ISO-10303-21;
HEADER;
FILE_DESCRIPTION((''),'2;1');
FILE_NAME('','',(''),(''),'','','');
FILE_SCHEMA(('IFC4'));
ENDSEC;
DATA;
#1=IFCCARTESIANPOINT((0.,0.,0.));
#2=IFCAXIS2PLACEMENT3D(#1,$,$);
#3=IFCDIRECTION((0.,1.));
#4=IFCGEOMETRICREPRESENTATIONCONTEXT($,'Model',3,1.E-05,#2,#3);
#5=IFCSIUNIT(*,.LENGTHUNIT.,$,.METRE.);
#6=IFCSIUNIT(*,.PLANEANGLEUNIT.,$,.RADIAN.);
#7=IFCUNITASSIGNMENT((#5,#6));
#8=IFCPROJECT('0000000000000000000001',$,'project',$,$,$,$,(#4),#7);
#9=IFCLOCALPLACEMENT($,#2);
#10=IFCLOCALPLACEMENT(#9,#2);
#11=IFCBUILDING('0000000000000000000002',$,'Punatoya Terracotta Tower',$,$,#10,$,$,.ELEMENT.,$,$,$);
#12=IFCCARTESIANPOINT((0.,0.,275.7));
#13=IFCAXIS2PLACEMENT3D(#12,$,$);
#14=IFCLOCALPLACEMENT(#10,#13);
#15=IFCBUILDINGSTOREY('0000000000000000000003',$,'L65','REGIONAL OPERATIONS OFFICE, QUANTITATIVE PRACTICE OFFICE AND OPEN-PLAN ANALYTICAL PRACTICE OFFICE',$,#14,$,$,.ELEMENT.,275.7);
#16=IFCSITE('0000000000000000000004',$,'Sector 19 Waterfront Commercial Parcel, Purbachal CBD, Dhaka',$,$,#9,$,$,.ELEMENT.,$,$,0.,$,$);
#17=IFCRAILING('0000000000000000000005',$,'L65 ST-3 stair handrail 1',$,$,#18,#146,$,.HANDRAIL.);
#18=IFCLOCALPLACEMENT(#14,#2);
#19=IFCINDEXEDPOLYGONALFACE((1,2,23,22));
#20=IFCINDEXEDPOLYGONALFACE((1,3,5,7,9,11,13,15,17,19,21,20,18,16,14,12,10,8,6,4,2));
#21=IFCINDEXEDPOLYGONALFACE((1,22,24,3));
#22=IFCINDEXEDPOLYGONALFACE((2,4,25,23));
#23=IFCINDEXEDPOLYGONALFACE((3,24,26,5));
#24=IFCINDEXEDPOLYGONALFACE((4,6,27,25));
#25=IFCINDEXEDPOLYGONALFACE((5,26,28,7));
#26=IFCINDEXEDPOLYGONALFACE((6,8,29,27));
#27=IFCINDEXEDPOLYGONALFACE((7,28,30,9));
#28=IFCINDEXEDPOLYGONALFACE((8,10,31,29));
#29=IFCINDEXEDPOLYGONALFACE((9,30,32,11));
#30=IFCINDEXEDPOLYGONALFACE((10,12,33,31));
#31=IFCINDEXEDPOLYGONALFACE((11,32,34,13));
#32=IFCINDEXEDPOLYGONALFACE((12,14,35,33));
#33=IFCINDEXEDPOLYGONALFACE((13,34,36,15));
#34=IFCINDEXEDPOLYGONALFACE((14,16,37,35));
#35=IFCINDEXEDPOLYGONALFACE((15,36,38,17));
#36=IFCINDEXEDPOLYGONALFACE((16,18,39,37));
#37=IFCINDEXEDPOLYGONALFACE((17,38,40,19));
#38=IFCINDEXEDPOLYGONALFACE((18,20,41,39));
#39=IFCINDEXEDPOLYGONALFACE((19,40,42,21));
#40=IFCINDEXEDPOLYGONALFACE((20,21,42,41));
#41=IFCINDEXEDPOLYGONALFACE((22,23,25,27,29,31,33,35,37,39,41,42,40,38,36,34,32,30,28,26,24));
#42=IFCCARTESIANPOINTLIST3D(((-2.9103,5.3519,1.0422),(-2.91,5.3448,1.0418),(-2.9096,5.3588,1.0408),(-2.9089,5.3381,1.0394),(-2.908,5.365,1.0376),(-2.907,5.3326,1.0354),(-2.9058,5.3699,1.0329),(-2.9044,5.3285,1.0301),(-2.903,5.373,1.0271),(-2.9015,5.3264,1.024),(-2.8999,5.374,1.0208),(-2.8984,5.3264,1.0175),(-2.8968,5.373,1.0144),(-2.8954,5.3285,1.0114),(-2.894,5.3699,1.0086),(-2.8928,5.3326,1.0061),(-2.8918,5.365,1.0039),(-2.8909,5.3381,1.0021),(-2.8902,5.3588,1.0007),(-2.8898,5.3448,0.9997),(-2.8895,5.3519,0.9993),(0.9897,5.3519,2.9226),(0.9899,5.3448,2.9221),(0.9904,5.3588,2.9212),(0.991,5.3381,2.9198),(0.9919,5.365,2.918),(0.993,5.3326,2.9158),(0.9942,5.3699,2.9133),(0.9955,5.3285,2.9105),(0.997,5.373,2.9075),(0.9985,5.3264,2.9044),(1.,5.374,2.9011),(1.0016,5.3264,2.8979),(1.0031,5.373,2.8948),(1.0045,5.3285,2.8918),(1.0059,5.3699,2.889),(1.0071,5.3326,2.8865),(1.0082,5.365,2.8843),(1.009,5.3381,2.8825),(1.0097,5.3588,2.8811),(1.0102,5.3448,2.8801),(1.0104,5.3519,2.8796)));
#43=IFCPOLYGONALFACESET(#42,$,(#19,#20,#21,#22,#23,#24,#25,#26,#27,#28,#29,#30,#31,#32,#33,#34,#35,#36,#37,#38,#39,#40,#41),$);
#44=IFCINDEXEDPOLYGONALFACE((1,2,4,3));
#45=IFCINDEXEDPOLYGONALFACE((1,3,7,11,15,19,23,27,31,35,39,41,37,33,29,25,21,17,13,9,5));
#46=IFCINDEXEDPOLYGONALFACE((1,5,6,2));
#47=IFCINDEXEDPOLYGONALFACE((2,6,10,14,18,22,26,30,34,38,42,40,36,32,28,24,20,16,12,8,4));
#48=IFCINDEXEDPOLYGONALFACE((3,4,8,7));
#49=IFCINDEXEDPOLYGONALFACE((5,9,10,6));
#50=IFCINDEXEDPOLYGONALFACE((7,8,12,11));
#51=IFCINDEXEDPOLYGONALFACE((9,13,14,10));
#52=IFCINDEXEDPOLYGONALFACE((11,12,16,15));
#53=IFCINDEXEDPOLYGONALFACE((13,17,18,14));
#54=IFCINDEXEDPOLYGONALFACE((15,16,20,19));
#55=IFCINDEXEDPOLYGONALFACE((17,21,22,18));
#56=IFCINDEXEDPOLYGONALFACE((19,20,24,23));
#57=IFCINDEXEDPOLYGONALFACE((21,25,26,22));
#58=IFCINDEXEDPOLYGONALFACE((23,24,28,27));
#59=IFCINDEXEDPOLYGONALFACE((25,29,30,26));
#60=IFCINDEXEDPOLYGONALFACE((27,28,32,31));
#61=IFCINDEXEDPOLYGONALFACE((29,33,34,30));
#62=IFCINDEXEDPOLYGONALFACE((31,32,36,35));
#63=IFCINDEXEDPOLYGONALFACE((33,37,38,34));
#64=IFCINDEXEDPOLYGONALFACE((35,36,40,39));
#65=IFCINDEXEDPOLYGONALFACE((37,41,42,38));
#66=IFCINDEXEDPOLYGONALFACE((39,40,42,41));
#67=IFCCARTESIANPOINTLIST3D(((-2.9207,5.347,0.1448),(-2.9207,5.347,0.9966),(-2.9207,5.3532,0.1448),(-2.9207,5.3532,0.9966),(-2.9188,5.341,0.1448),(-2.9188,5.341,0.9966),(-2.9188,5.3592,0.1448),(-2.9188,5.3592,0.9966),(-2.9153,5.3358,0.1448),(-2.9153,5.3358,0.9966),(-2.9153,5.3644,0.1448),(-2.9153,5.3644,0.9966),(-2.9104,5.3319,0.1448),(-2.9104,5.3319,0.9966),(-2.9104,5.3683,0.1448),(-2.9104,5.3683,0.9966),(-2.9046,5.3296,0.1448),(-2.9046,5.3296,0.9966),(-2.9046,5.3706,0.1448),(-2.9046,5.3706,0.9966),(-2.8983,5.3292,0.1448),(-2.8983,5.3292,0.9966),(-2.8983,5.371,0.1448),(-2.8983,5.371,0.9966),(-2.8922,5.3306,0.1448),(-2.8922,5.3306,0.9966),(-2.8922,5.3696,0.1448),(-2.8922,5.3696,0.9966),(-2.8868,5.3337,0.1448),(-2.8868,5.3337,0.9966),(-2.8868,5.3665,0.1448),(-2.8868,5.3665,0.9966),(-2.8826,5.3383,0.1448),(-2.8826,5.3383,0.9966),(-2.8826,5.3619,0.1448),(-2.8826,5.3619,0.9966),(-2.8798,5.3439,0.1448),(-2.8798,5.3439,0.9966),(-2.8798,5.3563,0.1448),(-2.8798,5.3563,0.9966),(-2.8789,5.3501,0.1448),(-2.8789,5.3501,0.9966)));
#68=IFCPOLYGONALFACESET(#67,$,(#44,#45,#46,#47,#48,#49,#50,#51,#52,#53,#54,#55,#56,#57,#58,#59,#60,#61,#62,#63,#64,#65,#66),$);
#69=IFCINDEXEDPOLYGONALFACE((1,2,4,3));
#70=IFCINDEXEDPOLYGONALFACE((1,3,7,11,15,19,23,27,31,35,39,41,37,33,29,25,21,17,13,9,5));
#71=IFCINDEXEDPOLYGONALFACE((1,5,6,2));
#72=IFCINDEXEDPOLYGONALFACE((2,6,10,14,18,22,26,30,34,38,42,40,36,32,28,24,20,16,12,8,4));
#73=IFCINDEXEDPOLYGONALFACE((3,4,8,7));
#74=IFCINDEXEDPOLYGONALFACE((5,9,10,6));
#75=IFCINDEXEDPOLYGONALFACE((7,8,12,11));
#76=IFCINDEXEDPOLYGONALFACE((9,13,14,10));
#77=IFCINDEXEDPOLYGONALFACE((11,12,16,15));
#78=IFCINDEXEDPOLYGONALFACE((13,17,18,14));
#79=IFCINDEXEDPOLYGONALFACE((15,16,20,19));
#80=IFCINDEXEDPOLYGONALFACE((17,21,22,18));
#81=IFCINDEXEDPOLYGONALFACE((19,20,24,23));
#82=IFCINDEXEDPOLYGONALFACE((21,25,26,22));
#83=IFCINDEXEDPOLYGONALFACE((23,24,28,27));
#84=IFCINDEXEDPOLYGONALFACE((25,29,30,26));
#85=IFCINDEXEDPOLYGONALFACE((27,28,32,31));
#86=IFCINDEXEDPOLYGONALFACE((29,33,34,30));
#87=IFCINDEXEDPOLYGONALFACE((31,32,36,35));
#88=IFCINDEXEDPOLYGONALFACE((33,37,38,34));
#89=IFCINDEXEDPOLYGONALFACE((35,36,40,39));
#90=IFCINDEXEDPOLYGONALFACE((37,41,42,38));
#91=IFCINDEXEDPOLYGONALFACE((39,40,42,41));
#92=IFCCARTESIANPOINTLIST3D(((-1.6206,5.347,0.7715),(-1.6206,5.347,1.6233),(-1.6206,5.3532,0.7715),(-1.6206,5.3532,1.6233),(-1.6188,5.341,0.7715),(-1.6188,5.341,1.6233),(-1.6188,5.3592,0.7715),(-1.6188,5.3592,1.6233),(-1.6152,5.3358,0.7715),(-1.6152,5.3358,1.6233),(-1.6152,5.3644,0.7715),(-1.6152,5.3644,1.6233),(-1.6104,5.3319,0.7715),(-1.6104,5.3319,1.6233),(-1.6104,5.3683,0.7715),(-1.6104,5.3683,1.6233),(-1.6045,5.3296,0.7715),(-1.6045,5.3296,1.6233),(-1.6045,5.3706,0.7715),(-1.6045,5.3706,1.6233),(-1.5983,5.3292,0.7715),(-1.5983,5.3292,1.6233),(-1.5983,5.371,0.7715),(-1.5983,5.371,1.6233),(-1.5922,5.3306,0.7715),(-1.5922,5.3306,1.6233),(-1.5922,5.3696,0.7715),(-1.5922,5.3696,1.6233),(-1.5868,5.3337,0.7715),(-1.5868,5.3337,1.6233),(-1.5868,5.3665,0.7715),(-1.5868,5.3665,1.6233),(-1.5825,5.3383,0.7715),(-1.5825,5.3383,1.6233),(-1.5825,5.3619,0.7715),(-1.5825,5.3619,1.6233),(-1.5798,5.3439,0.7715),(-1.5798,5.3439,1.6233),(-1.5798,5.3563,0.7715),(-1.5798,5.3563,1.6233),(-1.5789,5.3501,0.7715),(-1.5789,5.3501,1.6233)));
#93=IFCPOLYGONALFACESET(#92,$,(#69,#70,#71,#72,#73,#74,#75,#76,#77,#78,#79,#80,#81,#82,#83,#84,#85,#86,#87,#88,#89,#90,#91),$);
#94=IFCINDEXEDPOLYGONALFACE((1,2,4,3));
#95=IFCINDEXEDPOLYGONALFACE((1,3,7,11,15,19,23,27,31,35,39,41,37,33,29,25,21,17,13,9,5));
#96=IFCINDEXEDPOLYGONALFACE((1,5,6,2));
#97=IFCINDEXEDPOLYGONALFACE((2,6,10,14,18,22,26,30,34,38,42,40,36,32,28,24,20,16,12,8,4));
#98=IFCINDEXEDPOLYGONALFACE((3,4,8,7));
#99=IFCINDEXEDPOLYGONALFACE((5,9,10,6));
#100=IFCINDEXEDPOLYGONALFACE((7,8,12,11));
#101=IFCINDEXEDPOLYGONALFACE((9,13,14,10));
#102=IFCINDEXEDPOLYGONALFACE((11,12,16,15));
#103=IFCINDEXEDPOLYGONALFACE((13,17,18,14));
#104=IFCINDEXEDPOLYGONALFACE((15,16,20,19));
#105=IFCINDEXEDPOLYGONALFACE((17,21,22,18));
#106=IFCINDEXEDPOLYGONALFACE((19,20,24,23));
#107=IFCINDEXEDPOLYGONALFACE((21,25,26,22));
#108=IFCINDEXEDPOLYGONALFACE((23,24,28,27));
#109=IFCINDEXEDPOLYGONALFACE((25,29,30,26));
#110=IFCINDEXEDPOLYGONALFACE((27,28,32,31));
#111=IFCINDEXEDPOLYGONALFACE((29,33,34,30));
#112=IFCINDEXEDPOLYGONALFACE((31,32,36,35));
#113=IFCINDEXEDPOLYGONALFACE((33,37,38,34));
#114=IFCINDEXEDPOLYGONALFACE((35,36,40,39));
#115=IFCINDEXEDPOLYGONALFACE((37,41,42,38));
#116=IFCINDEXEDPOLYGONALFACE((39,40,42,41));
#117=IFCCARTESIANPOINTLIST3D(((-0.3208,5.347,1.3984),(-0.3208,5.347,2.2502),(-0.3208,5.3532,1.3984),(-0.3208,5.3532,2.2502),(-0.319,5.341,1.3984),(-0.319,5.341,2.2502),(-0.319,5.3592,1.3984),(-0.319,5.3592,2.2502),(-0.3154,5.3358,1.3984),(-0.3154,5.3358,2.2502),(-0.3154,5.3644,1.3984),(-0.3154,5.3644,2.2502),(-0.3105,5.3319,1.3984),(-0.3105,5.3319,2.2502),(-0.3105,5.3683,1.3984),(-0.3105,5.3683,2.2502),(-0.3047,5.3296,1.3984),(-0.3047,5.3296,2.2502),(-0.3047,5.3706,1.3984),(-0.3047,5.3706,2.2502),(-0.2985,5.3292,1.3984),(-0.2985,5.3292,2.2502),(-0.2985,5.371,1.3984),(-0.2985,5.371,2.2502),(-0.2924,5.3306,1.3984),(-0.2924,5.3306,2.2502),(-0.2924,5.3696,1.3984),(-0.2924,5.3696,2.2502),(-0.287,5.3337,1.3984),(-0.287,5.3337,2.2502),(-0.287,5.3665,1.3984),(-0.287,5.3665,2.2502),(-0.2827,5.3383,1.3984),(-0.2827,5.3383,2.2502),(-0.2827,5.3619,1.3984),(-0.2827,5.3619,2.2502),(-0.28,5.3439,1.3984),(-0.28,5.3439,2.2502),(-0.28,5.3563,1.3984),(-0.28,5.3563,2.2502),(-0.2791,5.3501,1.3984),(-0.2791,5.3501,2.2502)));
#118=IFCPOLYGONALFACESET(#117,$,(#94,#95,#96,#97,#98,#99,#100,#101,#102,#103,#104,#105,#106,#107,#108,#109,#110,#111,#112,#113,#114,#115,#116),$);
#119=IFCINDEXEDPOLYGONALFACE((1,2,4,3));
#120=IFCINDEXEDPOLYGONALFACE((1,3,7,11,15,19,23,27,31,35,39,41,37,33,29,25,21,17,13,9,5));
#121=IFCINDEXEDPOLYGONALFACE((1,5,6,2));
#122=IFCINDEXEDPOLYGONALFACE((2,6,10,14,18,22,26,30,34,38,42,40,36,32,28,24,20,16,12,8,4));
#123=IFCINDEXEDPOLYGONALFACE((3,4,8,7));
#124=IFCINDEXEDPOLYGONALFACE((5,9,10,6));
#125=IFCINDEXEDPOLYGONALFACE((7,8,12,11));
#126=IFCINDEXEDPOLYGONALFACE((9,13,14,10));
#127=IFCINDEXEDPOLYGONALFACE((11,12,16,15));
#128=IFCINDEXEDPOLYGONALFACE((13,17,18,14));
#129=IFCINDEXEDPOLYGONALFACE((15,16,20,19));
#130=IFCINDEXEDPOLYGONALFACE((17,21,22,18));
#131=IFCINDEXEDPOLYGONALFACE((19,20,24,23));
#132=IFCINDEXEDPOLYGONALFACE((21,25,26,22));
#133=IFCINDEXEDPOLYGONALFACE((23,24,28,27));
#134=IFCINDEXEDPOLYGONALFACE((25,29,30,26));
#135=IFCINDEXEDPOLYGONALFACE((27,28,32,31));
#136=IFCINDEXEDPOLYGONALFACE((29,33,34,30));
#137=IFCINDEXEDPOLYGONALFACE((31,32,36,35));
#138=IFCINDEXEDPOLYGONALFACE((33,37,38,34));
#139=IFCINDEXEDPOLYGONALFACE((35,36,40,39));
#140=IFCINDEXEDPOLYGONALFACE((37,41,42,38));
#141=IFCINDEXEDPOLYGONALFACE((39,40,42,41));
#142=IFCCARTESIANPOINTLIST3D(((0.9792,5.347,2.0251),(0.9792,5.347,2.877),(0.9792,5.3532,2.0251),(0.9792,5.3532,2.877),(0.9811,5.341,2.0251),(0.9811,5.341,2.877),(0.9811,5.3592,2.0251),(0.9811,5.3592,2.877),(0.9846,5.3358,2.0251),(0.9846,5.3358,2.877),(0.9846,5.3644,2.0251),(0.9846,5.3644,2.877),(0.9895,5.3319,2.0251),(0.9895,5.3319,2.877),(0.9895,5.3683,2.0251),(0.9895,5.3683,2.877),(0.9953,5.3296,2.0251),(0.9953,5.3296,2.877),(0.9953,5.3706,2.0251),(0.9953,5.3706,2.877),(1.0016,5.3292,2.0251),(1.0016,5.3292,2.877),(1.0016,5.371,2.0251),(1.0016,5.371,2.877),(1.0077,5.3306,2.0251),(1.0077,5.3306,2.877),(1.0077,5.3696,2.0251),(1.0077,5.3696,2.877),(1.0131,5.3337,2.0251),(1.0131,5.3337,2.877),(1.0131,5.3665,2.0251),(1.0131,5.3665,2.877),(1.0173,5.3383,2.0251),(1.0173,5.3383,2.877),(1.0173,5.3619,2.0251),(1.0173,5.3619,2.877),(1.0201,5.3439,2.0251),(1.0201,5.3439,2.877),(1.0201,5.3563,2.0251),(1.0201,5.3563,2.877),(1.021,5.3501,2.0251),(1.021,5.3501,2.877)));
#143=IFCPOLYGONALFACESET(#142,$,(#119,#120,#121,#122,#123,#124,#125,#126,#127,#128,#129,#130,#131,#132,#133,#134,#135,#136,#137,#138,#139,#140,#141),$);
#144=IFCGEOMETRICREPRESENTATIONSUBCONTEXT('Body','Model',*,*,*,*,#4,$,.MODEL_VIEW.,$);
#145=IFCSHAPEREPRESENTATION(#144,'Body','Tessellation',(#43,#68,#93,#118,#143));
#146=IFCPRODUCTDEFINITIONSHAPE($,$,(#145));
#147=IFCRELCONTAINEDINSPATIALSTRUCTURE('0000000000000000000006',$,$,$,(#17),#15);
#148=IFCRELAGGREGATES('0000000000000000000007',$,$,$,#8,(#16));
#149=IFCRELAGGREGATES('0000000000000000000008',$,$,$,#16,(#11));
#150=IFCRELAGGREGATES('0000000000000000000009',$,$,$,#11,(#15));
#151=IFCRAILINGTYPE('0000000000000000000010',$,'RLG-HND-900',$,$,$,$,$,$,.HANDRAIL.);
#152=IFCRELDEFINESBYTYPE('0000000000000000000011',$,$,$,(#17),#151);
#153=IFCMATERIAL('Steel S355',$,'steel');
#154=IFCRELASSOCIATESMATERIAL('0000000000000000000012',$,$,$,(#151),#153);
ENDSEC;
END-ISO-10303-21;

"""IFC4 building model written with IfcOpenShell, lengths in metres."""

from ifc_helpers import new_model, si_unit, direction, frame, origin, origin_2d, place, context, subcontext, project, spatial, circle, extrude, material, type_object, element, save


model = new_model("IFC4")

# Units and contexts
model_context = context("Model", 3, precision=1e-05, world=origin(), true_north=direction((0.0, 1.0)))
body_context = subcontext(model_context, "Body", "Model", "MODEL_VIEW")
ifc_project = project(units=[si_unit("LENGTHUNIT", "METRE"), si_unit("PLANEANGLEUNIT", "RADIAN")], contexts=[model_context])

# Site, building, storey
site_placement = place(None, origin())
site = spatial("IfcSite", under=ifc_project, at=site_placement, Name="Sector 19 Waterfront Commercial Parcel, Purbachal CBD, Dhaka", CompositionType="ELEMENT", RefElevation=0.0)
building_placement = place(site_placement, origin())
building = spatial("IfcBuilding", under=site, at=building_placement, Name="Punatoya Terracotta Tower", CompositionType="ELEMENT")
storey_placement = place(building_placement, frame((0.0, 0.0, 275.7)))
storey = spatial("IfcBuildingStorey", under=building, at=storey_placement, Name="L65", Description="REGIONAL OPERATIONS OFFICE, QUANTITATIVE PRACTICE OFFICE AND OPEN-PLAN ANALYTICAL PRACTICE OFFICE", CompositionType="ELEMENT", Elevation=275.7)

# Shared definitions
ifc_material_1 = material(Name="Steel S355", Category="steel")

# Railing
railing_type_1 = type_object("IfcRailingType", Name="RLG-HND-900", PredefinedType="HANDRAIL", material=ifc_material_1)
railing_1_placement = place(storey_placement, frame((-2.8999, 5.3501, 0.1448)))
element("IfcRailing", 1, at=railing_1_placement, inside=storey, type_object=railing_type_1, Name="L65 ST-3 stair handrail 1", PredefinedType="HANDRAIL", context=body_context, shape_type="SweptSolid", body=[
    extrude(circle(Radius=0.0239, at=origin_2d()), frame((0.0, 0.0, 0.876), z_axis=(0.900763, 0.0, 0.434311), x_axis=(0.0, 1.0, 0.0)), (0.0, 0.0, 1.0), 4.3296),
    extrude(circle(Radius=0.021, at=origin_2d()), origin(), (0.0, 0.0, 1.0), 0.8518),
    extrude(circle(Radius=0.021, at=origin_2d()), frame((1.3, 0.0, 0.6267)), (0.0, 0.0, 1.0), 0.8518),
    extrude(circle(Radius=0.021, at=origin_2d()), frame((2.5999, 0.0, 1.2537)), (0.0, 0.0, 1.0), 0.8518),
    extrude(circle(Radius=0.021, at=origin_2d()), frame((3.8999, 0.0, 1.8804)), (0.0, 0.0, 1.0), 0.8518),
])

save(model, "model.ifc")
